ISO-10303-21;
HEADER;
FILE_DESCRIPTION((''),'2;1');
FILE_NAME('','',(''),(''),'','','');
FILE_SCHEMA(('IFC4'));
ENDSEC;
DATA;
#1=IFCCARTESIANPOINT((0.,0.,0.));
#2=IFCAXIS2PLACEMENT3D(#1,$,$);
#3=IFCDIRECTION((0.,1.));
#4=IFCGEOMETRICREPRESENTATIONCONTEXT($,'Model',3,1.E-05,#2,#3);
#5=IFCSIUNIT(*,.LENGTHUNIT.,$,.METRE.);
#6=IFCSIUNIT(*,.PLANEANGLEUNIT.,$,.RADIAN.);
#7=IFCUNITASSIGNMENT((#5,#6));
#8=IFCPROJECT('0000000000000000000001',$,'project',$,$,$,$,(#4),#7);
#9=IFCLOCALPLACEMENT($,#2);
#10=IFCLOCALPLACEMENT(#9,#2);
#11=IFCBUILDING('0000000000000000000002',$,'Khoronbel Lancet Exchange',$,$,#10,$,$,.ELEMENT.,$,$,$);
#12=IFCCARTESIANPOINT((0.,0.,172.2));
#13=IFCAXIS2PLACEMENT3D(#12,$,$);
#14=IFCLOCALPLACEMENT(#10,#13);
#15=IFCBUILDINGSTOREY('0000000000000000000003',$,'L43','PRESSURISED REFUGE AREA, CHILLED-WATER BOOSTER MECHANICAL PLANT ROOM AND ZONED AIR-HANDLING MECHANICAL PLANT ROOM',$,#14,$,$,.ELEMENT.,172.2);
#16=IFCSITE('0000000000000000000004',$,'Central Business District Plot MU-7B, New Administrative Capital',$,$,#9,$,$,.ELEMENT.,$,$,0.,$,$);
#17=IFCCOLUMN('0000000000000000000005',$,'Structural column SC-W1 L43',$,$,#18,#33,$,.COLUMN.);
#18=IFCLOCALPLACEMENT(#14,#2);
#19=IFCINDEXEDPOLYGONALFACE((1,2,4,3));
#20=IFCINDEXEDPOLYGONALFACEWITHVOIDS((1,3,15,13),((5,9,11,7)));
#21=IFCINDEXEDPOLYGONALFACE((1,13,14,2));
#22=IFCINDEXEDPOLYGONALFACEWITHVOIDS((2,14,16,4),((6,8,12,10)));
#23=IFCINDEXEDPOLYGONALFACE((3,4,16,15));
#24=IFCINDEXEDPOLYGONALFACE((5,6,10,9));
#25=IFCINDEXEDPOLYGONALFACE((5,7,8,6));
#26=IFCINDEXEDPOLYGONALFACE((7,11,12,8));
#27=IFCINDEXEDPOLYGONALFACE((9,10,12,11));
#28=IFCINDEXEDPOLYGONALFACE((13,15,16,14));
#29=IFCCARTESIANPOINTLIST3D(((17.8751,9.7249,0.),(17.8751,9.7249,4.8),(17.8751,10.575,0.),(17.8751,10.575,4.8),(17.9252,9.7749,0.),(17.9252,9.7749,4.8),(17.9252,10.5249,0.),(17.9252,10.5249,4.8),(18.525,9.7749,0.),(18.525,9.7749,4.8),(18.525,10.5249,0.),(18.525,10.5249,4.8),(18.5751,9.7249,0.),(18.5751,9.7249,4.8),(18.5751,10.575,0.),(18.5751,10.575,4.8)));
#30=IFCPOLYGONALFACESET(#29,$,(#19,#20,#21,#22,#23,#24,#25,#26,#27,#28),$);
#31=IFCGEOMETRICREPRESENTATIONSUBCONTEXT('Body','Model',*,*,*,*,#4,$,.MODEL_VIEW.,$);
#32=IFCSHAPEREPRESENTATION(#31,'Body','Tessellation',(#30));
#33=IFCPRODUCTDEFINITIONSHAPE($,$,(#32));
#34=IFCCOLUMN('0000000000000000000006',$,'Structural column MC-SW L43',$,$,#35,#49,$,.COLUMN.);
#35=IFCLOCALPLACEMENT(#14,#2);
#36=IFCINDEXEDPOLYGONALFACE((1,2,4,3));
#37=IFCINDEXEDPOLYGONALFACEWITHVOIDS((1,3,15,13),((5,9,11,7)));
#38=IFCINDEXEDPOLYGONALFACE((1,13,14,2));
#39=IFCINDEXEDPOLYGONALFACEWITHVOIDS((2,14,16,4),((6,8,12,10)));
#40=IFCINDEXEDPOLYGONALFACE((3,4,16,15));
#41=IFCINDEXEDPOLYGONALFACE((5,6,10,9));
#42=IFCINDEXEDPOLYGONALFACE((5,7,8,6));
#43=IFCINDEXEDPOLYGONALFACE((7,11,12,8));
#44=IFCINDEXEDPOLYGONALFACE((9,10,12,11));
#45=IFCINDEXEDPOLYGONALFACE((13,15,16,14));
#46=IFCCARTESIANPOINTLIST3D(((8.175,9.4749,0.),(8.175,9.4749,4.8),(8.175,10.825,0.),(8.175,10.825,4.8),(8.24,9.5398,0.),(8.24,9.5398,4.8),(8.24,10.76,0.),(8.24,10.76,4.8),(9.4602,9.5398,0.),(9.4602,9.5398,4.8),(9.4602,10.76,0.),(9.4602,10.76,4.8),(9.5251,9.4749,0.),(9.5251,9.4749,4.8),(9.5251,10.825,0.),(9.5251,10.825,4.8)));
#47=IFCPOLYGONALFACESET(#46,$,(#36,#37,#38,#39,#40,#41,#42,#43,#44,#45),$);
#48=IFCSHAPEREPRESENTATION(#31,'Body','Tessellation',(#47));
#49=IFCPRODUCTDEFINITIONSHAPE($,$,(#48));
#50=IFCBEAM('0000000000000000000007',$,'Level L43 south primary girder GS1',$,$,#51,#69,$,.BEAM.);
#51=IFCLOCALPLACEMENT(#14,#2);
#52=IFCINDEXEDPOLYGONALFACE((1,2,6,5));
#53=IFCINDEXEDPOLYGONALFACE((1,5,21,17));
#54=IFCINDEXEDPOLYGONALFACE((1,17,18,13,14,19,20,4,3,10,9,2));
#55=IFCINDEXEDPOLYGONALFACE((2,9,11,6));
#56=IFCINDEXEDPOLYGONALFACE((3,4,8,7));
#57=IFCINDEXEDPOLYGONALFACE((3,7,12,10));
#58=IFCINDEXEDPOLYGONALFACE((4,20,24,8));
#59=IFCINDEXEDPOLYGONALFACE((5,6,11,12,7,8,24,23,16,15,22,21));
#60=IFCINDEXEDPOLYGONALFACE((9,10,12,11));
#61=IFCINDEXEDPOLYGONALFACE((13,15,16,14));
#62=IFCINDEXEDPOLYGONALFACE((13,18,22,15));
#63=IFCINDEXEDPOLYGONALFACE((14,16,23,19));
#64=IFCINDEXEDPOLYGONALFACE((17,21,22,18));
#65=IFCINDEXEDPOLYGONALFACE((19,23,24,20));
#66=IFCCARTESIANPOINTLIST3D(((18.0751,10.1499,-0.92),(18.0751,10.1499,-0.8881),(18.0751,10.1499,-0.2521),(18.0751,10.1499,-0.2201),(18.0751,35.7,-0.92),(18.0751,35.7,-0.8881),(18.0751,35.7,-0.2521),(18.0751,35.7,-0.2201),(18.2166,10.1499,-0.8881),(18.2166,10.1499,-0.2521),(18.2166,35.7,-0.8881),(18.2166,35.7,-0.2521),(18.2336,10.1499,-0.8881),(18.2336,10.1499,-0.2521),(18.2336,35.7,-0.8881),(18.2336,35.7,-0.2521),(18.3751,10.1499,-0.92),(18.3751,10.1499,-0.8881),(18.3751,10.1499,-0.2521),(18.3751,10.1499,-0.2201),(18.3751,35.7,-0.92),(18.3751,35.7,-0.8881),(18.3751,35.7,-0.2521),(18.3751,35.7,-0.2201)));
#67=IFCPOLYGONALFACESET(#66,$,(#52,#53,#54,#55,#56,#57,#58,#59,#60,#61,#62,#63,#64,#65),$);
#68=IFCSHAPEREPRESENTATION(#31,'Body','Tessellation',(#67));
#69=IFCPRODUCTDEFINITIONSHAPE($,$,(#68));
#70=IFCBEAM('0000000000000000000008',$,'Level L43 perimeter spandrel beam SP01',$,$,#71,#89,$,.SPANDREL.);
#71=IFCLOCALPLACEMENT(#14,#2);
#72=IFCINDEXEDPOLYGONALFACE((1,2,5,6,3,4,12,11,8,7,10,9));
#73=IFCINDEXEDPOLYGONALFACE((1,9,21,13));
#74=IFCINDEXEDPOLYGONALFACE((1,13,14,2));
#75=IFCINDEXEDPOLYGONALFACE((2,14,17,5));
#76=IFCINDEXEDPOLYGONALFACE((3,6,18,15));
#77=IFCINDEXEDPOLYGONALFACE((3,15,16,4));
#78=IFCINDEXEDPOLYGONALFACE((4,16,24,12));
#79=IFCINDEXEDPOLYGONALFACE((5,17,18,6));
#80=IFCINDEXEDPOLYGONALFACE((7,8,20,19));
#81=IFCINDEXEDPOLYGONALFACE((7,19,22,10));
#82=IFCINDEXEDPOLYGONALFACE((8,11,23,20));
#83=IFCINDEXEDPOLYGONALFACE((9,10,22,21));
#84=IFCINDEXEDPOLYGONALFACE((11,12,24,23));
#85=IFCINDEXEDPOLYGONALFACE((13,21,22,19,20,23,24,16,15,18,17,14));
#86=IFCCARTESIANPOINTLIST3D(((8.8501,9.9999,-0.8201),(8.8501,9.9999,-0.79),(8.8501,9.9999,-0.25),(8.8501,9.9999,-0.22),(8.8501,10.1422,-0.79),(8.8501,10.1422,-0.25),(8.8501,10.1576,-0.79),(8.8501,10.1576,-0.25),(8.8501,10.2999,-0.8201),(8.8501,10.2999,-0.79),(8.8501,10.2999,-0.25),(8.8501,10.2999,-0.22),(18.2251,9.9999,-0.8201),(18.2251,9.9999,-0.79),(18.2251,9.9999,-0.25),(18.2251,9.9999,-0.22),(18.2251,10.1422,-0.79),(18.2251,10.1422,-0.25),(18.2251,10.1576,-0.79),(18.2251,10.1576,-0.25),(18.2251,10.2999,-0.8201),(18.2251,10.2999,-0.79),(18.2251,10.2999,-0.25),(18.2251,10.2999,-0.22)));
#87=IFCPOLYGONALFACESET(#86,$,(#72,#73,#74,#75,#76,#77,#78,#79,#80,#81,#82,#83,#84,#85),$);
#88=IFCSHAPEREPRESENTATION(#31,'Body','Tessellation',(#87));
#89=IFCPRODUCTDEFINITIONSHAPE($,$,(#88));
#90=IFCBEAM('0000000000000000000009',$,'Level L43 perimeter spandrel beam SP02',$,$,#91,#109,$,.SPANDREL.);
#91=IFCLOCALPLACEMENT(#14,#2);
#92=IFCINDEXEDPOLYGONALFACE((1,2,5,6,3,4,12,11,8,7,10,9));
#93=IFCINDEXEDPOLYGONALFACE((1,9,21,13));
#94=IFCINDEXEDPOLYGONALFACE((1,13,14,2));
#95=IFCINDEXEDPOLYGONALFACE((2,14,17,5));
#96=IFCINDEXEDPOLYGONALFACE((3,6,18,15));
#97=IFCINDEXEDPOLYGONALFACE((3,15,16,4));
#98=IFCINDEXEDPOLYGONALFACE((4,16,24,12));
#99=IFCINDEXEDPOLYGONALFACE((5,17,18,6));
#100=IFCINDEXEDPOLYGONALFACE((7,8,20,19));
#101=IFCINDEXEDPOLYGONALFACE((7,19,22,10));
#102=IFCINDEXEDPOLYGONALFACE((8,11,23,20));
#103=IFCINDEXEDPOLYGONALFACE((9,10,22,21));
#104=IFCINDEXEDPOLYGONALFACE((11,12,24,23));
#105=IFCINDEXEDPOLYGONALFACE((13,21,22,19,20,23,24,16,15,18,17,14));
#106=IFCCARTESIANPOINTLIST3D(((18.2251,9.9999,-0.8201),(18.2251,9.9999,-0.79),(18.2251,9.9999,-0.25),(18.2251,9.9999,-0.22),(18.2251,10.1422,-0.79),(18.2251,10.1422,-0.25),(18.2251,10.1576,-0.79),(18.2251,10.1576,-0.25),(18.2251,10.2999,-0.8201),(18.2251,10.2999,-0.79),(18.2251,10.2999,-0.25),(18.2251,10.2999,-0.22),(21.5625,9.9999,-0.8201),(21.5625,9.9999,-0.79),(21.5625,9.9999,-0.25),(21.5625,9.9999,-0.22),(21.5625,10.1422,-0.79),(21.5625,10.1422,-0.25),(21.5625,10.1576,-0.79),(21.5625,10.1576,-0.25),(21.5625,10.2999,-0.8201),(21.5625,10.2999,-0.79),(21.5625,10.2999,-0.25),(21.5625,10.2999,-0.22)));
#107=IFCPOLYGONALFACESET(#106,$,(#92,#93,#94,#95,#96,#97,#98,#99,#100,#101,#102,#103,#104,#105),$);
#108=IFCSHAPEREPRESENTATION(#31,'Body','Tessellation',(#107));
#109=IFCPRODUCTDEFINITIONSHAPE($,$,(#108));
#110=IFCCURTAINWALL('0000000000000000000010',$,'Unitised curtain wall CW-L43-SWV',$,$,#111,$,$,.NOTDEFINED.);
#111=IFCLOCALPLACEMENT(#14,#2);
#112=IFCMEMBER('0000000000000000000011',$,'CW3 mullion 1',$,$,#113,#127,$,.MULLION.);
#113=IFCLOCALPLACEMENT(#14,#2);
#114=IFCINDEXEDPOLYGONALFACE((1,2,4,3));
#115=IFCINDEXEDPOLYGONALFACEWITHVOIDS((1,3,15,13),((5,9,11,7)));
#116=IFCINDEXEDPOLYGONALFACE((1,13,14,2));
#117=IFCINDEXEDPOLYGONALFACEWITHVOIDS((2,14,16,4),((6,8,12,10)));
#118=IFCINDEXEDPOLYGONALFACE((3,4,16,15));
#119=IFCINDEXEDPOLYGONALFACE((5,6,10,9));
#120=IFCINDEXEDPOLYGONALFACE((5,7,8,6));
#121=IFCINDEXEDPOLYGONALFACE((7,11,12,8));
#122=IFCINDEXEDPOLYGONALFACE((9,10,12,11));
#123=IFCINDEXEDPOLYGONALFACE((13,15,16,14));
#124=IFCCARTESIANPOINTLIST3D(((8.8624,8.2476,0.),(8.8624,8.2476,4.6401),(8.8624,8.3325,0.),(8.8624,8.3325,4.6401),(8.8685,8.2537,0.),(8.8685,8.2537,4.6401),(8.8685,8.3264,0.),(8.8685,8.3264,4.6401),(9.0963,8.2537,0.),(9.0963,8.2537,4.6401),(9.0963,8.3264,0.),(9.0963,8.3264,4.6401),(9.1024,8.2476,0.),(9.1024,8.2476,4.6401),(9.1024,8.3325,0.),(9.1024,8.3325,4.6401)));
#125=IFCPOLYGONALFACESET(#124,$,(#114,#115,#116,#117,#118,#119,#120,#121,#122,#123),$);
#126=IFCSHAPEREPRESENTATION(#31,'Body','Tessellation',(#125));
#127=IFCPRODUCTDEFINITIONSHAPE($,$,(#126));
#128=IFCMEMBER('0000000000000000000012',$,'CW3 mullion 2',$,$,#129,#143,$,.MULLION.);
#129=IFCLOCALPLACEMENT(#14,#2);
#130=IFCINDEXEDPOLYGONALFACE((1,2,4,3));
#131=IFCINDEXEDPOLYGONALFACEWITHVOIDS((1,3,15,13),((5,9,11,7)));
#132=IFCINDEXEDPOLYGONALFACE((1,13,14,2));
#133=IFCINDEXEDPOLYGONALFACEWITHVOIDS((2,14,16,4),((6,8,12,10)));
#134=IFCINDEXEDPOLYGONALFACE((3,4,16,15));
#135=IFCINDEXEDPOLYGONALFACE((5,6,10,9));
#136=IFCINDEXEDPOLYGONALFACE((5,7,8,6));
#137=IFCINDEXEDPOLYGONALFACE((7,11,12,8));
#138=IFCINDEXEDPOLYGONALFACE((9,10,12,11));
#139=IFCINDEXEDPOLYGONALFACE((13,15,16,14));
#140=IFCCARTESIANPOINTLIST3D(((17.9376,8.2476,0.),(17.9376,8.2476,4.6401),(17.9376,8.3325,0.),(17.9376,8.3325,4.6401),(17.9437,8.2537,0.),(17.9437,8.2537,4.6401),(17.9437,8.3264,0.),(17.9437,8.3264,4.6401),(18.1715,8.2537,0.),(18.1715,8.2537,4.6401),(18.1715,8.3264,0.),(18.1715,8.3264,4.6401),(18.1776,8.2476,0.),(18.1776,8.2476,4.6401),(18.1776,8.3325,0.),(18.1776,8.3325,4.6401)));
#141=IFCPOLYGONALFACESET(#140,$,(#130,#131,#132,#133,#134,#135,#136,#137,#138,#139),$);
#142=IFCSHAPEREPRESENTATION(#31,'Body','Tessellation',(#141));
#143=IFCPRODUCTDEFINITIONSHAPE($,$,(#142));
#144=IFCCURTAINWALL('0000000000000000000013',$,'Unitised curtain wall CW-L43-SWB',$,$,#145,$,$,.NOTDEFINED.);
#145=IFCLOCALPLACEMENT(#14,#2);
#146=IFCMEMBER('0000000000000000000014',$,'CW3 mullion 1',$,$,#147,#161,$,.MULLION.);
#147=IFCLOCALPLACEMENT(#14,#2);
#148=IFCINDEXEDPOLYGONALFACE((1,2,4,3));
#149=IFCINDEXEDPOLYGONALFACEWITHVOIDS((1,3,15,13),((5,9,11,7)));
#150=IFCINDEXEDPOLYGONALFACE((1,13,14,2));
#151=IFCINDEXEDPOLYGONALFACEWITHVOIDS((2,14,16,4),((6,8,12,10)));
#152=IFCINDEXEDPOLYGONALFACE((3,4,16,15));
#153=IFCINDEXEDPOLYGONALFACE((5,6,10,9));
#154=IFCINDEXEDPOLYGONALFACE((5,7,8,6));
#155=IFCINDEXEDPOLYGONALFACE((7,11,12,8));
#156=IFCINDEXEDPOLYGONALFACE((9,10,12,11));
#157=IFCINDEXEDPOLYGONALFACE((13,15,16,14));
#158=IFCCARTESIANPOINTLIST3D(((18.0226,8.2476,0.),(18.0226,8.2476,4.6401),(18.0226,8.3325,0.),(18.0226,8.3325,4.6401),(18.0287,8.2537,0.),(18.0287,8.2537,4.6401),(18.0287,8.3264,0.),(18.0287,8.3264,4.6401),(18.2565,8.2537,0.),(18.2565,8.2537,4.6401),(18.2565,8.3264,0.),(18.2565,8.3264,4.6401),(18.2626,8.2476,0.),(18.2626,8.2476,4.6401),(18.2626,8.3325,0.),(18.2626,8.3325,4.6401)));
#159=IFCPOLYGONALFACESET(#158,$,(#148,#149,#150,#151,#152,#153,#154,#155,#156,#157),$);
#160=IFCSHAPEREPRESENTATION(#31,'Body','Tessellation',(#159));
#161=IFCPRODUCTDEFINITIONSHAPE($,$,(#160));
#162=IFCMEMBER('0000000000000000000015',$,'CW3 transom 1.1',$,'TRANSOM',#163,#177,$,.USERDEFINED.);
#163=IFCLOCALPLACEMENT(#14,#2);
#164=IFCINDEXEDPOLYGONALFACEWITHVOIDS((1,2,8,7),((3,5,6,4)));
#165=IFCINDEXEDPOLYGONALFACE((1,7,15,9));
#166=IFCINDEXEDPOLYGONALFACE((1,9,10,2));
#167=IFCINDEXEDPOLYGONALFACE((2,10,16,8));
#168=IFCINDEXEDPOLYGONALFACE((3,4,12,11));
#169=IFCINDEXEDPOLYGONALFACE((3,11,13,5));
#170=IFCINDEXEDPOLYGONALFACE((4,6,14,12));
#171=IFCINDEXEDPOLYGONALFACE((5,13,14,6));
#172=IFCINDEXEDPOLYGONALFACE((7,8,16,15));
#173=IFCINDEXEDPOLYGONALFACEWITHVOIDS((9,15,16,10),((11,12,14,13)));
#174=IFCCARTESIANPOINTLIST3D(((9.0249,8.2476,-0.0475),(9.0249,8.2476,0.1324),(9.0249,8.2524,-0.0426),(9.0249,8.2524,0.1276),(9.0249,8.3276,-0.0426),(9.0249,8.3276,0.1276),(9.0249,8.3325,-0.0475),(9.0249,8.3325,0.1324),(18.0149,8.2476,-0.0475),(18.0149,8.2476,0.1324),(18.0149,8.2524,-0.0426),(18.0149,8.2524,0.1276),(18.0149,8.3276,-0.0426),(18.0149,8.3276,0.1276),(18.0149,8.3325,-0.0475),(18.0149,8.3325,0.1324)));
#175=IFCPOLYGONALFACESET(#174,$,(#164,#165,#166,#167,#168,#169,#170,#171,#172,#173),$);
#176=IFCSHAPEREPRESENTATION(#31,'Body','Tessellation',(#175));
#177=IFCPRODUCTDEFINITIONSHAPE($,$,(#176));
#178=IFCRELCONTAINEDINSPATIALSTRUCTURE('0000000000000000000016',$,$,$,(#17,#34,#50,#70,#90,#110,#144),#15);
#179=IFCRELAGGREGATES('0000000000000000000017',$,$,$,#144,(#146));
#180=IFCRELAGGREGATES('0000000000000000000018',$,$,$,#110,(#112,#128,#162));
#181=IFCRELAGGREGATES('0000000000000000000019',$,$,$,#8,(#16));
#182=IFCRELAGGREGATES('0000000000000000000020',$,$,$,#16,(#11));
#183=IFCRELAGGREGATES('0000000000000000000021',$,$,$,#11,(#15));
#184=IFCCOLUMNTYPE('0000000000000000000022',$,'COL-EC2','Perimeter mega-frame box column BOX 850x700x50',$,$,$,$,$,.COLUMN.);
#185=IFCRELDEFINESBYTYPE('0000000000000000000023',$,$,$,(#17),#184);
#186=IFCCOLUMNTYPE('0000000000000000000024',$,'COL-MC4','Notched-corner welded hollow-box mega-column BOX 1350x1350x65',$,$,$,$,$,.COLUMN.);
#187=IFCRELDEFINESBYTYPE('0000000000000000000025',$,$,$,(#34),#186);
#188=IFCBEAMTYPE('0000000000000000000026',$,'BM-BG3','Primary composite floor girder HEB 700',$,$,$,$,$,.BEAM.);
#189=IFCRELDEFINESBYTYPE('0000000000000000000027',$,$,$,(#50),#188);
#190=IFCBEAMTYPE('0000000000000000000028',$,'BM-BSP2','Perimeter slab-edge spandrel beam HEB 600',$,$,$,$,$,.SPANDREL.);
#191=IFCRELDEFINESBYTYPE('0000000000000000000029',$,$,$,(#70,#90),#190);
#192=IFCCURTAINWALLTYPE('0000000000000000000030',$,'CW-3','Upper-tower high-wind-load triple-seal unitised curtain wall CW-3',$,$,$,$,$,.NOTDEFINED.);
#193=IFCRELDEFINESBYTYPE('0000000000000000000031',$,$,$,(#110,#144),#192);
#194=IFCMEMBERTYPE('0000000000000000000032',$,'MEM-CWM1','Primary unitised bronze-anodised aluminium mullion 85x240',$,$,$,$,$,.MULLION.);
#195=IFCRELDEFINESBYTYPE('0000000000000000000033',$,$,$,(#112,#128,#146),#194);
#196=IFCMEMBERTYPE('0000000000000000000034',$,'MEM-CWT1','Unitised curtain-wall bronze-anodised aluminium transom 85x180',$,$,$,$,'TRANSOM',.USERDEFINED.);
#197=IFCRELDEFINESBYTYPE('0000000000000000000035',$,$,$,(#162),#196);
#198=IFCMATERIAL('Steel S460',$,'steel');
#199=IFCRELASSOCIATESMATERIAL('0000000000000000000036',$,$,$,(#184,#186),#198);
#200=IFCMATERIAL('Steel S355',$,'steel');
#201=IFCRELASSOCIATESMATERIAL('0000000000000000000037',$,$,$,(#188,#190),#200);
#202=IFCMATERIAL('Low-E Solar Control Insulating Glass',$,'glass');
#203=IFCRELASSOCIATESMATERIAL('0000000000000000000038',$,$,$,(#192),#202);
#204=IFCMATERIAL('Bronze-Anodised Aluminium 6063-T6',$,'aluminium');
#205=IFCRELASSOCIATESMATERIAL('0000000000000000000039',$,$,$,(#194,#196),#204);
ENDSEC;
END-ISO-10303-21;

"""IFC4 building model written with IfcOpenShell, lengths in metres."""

from ifc_helpers import new_model, si_unit, direction, frame, origin, origin_2d, place, context, subcontext, project, spatial, hollow_rectangle, i_section, extrude, material, material_profile, profile_set, type_object, element, aggregate, save


model = new_model("IFC4")

# Units and contexts
model_context = context("Model", 3, precision=1e-05, world=origin(), true_north=direction((0.0, 1.0)))
body_context = subcontext(model_context, "Body", "Model", "MODEL_VIEW")
ifc_project = project(units=[si_unit("LENGTHUNIT", "METRE"), si_unit("PLANEANGLEUNIT", "RADIAN")], contexts=[model_context])

# Site, building, storey
site_placement = place(None, origin())
site = spatial("IfcSite", under=ifc_project, at=site_placement, Name="Central Business District Plot MU-7B, New Administrative Capital", CompositionType="ELEMENT", RefElevation=0.0)
building_placement = place(site_placement, origin())
building = spatial("IfcBuilding", under=site, at=building_placement, Name="Khoronbel Lancet Exchange", CompositionType="ELEMENT")
storey_placement = place(building_placement, frame((0.0, 0.0, 172.2)))
storey = spatial("IfcBuildingStorey", under=building, at=storey_placement, Name="L43", Description="PRESSURISED REFUGE AREA, CHILLED-WATER BOOSTER MECHANICAL PLANT ROOM AND ZONED AIR-HANDLING MECHANICAL PLANT ROOM", CompositionType="ELEMENT", Elevation=172.2)

# Columns
ifc_material_1 = material(Name="Steel S460", Category="steel")
ifc_material_profile_1 = material_profile(ifc_material_1, hollow_rectangle(XDim=0.7, YDim=0.8501, WallThickness=0.05, at=origin_2d()), Name="BOX 850x700x50")
ifc_profile_set_1 = profile_set([ifc_material_profile_1], Name="Steel S460")
column_type_1 = type_object("IfcColumnType", Name="COL-EC2", Description="Perimeter mega-frame box column BOX 850x700x50", PredefinedType="COLUMN", material=ifc_profile_set_1)
column_1_placement = place(storey_placement, frame((18.2251, 10.1499, 0.0), z_axis=(0.0, 0.0, 1.0), x_axis=(1.0, 0.0, 0.0)))
element("IfcColumn", 1, at=column_1_placement, inside=storey, type_object=column_type_1, Name="Structural column SC-W1 L43", PredefinedType="COLUMN", context=body_context, shape_type="SweptSolid", body=[
    extrude(hollow_rectangle(XDim=0.7, YDim=0.8501, WallThickness=0.05, at=origin_2d()), origin(), (0.0, 0.0, 1.0), 4.8),
])
ifc_material_profile_2 = material_profile(ifc_material_1, hollow_rectangle(XDim=1.3501, YDim=1.3501, WallThickness=0.0649, at=origin_2d()), Name="BOX 1350x1350x65")
ifc_profile_set_2 = profile_set([ifc_material_profile_2], Name="Steel S460")
column_type_2 = type_object("IfcColumnType", Name="COL-MC4", Description="Notched-corner welded hollow-box mega-column BOX 1350x1350x65", PredefinedType="COLUMN", material=ifc_profile_set_2)
column_2_placement = place(storey_placement, frame((8.8501, 10.1499, 0.0), z_axis=(0.0, 0.0, 1.0), x_axis=(1.0, 0.0, 0.0)))
element("IfcColumn", 2, at=column_2_placement, inside=storey, type_object=column_type_2, Name="Structural column MC-SW L43", PredefinedType="COLUMN", context=body_context, shape_type="SweptSolid", body=[
    extrude(hollow_rectangle(XDim=1.3501, YDim=1.3501, WallThickness=0.0649, at=origin_2d()), origin(), (0.0, 0.0, 1.0), 4.8),
])

# Beams
ifc_material_2 = material(Name="Steel S355", Category="steel")
ifc_material_profile_3 = material_profile(ifc_material_2, i_section(OverallWidth=0.3, OverallDepth=0.7, WebThickness=0.0171, FlangeThickness=0.032, at=origin_2d()), Name="HEB 700")
ifc_profile_set_3 = profile_set([ifc_material_profile_3], Name="Steel S355")
beam_type_1 = type_object("IfcBeamType", Name="BM-BG3", Description="Primary composite floor girder HEB 700", PredefinedType="BEAM", material=ifc_profile_set_3)
beam_1_placement = place(storey_placement, frame((18.2251, 10.1499, -0.5701), z_axis=(0.0, 1.0, 0.0), x_axis=(-1.0, 0.0, 0.0)))
element("IfcBeam", 3, at=beam_1_placement, inside=storey, type_object=beam_type_1, Name="Level L43 south primary girder GS1", PredefinedType="BEAM", context=body_context, shape_type="SweptSolid", body=[
    extrude(i_section(OverallWidth=0.3, OverallDepth=0.7, WebThickness=0.0171, FlangeThickness=0.032, at=origin_2d()), origin(), (0.0, 0.0, 1.0), 25.55),
])
ifc_material_profile_4 = material_profile(ifc_material_2, i_section(OverallWidth=0.3, OverallDepth=0.6001, WebThickness=0.0154, FlangeThickness=0.03, at=origin_2d()), Name="HEB 600")
ifc_profile_set_4 = profile_set([ifc_material_profile_4], Name="Steel S355")
beam_type_2 = type_object("IfcBeamType", Name="BM-BSP2", Description="Perimeter slab-edge spandrel beam HEB 600", PredefinedType="SPANDREL", material=ifc_profile_set_4)
beam_2_placement = place(storey_placement, frame((8.8501, 10.1499, -0.52), z_axis=(1.0, 0.0, 0.0), x_axis=(0.0, 1.0, 0.0)))
element("IfcBeam", 4, at=beam_2_placement, inside=storey, type_object=beam_type_2, Name="Level L43 perimeter spandrel beam SP01", PredefinedType="SPANDREL", context=body_context, shape_type="SweptSolid", body=[
    extrude(i_section(OverallWidth=0.3, OverallDepth=0.6001, WebThickness=0.0154, FlangeThickness=0.03, at=origin_2d()), origin(), (0.0, 0.0, 1.0), 9.375),
])
beam_3_placement = place(storey_placement, frame((18.2251, 10.1499, -0.52), z_axis=(1.0, 0.0, 0.0), x_axis=(0.0, 1.0, 0.0)))
element("IfcBeam", 5, at=beam_3_placement, inside=storey, type_object=beam_type_2, Name="Level L43 perimeter spandrel beam SP02", PredefinedType="SPANDREL", context=body_context, shape_type="SweptSolid", body=[
    extrude(i_section(OverallWidth=0.3, OverallDepth=0.6001, WebThickness=0.0154, FlangeThickness=0.03, at=origin_2d()), origin(), (0.0, 0.0, 1.0), 3.3374),
])

# Curtain wall, members
ifc_material_3 = material(Name="Low-E Solar Control Insulating Glass", Category="glass")
curtain_wall_type = type_object("IfcCurtainWallType", Name="CW-3", Description="Upper-tower high-wind-load triple-seal unitised curtain wall CW-3", PredefinedType="NOTDEFINED", material=ifc_material_3)
curtain_wall_1_placement = place(storey_placement, origin())
curtain_wall_1 = element("IfcCurtainWall", 6, at=curtain_wall_1_placement, inside=storey, type_object=curtain_wall_type, Name="Unitised curtain wall CW-L43-SWV", PredefinedType="NOTDEFINED")
ifc_material_4 = material(Name="Bronze-Anodised Aluminium 6063-T6", Category="aluminium")
ifc_material_profile_5 = material_profile(ifc_material_4, hollow_rectangle(XDim=0.085, YDim=0.24, WallThickness=0.0061, at=origin_2d()), Name="ALU MULLION 85x240")
ifc_profile_set_5 = profile_set([ifc_material_profile_5], Name="Bronze-Anodised Aluminium 6063-T6")
member_type_1 = type_object("IfcMemberType", Name="MEM-CWM1", Description="Primary unitised bronze-anodised aluminium mullion 85x240", PredefinedType="MULLION", material=ifc_profile_set_5)
member_1_placement = place(storey_placement, frame((8.9824, 8.29, 0.0), z_axis=(0.0, 0.0, 1.0), x_axis=(0.0, 1.0, 0.0)))
member_1 = element("IfcMember", 7, at=member_1_placement, type_object=member_type_1, Name="CW3 mullion 1", PredefinedType="MULLION", context=body_context, shape_type="SweptSolid", body=[
    extrude(hollow_rectangle(XDim=0.085, YDim=0.24, WallThickness=0.0061, at=origin_2d()), origin(), (0.0, 0.0, 1.0), 4.6401),
])
member_2_placement = place(storey_placement, frame((18.0576, 8.29, 0.0), z_axis=(0.0, 0.0, 1.0), x_axis=(0.0, 1.0, 0.0)))
member_2 = element("IfcMember", 8, at=member_2_placement, type_object=member_type_1, Name="CW3 mullion 2", PredefinedType="MULLION", context=body_context, shape_type="SweptSolid", body=[
    extrude(hollow_rectangle(XDim=0.085, YDim=0.24, WallThickness=0.0061, at=origin_2d()), origin(), (0.0, 0.0, 1.0), 4.6401),
])

# Curtain wall, member
curtain_wall_2_placement = place(storey_placement, origin())
curtain_wall_2 = element("IfcCurtainWall", 9, at=curtain_wall_2_placement, inside=storey, type_object=curtain_wall_type, Name="Unitised curtain wall CW-L43-SWB", PredefinedType="NOTDEFINED")
member_3_placement = place(storey_placement, frame((18.1426, 8.29, 0.0), z_axis=(0.0, 0.0, 1.0), x_axis=(0.0, 1.0, 0.0)))
member_3 = element("IfcMember", 10, at=member_3_placement, type_object=member_type_1, Name="CW3 mullion 1", PredefinedType="MULLION", context=body_context, shape_type="SweptSolid", body=[
    extrude(hollow_rectangle(XDim=0.085, YDim=0.24, WallThickness=0.0061, at=origin_2d()), origin(), (0.0, 0.0, 1.0), 4.6401),
])

# Member
ifc_material_profile_6 = material_profile(ifc_material_4, hollow_rectangle(XDim=0.085, YDim=0.1799, WallThickness=0.0049, at=origin_2d()), Name="ALU TRANSOM 85x180")
ifc_profile_set_6 = profile_set([ifc_material_profile_6], Name="Bronze-Anodised Aluminium 6063-T6")
member_type_2 = type_object("IfcMemberType", Name="MEM-CWT1", Description="Unitised curtain-wall bronze-anodised aluminium transom 85x180", ElementType="TRANSOM", PredefinedType="USERDEFINED", material=ifc_profile_set_6)
member_4_placement = place(storey_placement, frame((9.0249, 8.29, 0.0425), z_axis=(1.0, 0.0, 0.0), x_axis=(0.0, 1.0, 0.0)))
member_4 = element("IfcMember", 11, at=member_4_placement, type_object=member_type_2, Name="CW3 transom 1.1", ObjectType="TRANSOM", PredefinedType="USERDEFINED", context=body_context, shape_type="SweptSolid", body=[
    extrude(hollow_rectangle(XDim=0.085, YDim=0.1799, WallThickness=0.0049, at=origin_2d()), origin(), (0.0, 0.0, 1.0), 8.99),
])

aggregate(curtain_wall_2, [member_3])
aggregate(curtain_wall_1, [member_1, member_2, member_4])

save(model, "model.ifc")
